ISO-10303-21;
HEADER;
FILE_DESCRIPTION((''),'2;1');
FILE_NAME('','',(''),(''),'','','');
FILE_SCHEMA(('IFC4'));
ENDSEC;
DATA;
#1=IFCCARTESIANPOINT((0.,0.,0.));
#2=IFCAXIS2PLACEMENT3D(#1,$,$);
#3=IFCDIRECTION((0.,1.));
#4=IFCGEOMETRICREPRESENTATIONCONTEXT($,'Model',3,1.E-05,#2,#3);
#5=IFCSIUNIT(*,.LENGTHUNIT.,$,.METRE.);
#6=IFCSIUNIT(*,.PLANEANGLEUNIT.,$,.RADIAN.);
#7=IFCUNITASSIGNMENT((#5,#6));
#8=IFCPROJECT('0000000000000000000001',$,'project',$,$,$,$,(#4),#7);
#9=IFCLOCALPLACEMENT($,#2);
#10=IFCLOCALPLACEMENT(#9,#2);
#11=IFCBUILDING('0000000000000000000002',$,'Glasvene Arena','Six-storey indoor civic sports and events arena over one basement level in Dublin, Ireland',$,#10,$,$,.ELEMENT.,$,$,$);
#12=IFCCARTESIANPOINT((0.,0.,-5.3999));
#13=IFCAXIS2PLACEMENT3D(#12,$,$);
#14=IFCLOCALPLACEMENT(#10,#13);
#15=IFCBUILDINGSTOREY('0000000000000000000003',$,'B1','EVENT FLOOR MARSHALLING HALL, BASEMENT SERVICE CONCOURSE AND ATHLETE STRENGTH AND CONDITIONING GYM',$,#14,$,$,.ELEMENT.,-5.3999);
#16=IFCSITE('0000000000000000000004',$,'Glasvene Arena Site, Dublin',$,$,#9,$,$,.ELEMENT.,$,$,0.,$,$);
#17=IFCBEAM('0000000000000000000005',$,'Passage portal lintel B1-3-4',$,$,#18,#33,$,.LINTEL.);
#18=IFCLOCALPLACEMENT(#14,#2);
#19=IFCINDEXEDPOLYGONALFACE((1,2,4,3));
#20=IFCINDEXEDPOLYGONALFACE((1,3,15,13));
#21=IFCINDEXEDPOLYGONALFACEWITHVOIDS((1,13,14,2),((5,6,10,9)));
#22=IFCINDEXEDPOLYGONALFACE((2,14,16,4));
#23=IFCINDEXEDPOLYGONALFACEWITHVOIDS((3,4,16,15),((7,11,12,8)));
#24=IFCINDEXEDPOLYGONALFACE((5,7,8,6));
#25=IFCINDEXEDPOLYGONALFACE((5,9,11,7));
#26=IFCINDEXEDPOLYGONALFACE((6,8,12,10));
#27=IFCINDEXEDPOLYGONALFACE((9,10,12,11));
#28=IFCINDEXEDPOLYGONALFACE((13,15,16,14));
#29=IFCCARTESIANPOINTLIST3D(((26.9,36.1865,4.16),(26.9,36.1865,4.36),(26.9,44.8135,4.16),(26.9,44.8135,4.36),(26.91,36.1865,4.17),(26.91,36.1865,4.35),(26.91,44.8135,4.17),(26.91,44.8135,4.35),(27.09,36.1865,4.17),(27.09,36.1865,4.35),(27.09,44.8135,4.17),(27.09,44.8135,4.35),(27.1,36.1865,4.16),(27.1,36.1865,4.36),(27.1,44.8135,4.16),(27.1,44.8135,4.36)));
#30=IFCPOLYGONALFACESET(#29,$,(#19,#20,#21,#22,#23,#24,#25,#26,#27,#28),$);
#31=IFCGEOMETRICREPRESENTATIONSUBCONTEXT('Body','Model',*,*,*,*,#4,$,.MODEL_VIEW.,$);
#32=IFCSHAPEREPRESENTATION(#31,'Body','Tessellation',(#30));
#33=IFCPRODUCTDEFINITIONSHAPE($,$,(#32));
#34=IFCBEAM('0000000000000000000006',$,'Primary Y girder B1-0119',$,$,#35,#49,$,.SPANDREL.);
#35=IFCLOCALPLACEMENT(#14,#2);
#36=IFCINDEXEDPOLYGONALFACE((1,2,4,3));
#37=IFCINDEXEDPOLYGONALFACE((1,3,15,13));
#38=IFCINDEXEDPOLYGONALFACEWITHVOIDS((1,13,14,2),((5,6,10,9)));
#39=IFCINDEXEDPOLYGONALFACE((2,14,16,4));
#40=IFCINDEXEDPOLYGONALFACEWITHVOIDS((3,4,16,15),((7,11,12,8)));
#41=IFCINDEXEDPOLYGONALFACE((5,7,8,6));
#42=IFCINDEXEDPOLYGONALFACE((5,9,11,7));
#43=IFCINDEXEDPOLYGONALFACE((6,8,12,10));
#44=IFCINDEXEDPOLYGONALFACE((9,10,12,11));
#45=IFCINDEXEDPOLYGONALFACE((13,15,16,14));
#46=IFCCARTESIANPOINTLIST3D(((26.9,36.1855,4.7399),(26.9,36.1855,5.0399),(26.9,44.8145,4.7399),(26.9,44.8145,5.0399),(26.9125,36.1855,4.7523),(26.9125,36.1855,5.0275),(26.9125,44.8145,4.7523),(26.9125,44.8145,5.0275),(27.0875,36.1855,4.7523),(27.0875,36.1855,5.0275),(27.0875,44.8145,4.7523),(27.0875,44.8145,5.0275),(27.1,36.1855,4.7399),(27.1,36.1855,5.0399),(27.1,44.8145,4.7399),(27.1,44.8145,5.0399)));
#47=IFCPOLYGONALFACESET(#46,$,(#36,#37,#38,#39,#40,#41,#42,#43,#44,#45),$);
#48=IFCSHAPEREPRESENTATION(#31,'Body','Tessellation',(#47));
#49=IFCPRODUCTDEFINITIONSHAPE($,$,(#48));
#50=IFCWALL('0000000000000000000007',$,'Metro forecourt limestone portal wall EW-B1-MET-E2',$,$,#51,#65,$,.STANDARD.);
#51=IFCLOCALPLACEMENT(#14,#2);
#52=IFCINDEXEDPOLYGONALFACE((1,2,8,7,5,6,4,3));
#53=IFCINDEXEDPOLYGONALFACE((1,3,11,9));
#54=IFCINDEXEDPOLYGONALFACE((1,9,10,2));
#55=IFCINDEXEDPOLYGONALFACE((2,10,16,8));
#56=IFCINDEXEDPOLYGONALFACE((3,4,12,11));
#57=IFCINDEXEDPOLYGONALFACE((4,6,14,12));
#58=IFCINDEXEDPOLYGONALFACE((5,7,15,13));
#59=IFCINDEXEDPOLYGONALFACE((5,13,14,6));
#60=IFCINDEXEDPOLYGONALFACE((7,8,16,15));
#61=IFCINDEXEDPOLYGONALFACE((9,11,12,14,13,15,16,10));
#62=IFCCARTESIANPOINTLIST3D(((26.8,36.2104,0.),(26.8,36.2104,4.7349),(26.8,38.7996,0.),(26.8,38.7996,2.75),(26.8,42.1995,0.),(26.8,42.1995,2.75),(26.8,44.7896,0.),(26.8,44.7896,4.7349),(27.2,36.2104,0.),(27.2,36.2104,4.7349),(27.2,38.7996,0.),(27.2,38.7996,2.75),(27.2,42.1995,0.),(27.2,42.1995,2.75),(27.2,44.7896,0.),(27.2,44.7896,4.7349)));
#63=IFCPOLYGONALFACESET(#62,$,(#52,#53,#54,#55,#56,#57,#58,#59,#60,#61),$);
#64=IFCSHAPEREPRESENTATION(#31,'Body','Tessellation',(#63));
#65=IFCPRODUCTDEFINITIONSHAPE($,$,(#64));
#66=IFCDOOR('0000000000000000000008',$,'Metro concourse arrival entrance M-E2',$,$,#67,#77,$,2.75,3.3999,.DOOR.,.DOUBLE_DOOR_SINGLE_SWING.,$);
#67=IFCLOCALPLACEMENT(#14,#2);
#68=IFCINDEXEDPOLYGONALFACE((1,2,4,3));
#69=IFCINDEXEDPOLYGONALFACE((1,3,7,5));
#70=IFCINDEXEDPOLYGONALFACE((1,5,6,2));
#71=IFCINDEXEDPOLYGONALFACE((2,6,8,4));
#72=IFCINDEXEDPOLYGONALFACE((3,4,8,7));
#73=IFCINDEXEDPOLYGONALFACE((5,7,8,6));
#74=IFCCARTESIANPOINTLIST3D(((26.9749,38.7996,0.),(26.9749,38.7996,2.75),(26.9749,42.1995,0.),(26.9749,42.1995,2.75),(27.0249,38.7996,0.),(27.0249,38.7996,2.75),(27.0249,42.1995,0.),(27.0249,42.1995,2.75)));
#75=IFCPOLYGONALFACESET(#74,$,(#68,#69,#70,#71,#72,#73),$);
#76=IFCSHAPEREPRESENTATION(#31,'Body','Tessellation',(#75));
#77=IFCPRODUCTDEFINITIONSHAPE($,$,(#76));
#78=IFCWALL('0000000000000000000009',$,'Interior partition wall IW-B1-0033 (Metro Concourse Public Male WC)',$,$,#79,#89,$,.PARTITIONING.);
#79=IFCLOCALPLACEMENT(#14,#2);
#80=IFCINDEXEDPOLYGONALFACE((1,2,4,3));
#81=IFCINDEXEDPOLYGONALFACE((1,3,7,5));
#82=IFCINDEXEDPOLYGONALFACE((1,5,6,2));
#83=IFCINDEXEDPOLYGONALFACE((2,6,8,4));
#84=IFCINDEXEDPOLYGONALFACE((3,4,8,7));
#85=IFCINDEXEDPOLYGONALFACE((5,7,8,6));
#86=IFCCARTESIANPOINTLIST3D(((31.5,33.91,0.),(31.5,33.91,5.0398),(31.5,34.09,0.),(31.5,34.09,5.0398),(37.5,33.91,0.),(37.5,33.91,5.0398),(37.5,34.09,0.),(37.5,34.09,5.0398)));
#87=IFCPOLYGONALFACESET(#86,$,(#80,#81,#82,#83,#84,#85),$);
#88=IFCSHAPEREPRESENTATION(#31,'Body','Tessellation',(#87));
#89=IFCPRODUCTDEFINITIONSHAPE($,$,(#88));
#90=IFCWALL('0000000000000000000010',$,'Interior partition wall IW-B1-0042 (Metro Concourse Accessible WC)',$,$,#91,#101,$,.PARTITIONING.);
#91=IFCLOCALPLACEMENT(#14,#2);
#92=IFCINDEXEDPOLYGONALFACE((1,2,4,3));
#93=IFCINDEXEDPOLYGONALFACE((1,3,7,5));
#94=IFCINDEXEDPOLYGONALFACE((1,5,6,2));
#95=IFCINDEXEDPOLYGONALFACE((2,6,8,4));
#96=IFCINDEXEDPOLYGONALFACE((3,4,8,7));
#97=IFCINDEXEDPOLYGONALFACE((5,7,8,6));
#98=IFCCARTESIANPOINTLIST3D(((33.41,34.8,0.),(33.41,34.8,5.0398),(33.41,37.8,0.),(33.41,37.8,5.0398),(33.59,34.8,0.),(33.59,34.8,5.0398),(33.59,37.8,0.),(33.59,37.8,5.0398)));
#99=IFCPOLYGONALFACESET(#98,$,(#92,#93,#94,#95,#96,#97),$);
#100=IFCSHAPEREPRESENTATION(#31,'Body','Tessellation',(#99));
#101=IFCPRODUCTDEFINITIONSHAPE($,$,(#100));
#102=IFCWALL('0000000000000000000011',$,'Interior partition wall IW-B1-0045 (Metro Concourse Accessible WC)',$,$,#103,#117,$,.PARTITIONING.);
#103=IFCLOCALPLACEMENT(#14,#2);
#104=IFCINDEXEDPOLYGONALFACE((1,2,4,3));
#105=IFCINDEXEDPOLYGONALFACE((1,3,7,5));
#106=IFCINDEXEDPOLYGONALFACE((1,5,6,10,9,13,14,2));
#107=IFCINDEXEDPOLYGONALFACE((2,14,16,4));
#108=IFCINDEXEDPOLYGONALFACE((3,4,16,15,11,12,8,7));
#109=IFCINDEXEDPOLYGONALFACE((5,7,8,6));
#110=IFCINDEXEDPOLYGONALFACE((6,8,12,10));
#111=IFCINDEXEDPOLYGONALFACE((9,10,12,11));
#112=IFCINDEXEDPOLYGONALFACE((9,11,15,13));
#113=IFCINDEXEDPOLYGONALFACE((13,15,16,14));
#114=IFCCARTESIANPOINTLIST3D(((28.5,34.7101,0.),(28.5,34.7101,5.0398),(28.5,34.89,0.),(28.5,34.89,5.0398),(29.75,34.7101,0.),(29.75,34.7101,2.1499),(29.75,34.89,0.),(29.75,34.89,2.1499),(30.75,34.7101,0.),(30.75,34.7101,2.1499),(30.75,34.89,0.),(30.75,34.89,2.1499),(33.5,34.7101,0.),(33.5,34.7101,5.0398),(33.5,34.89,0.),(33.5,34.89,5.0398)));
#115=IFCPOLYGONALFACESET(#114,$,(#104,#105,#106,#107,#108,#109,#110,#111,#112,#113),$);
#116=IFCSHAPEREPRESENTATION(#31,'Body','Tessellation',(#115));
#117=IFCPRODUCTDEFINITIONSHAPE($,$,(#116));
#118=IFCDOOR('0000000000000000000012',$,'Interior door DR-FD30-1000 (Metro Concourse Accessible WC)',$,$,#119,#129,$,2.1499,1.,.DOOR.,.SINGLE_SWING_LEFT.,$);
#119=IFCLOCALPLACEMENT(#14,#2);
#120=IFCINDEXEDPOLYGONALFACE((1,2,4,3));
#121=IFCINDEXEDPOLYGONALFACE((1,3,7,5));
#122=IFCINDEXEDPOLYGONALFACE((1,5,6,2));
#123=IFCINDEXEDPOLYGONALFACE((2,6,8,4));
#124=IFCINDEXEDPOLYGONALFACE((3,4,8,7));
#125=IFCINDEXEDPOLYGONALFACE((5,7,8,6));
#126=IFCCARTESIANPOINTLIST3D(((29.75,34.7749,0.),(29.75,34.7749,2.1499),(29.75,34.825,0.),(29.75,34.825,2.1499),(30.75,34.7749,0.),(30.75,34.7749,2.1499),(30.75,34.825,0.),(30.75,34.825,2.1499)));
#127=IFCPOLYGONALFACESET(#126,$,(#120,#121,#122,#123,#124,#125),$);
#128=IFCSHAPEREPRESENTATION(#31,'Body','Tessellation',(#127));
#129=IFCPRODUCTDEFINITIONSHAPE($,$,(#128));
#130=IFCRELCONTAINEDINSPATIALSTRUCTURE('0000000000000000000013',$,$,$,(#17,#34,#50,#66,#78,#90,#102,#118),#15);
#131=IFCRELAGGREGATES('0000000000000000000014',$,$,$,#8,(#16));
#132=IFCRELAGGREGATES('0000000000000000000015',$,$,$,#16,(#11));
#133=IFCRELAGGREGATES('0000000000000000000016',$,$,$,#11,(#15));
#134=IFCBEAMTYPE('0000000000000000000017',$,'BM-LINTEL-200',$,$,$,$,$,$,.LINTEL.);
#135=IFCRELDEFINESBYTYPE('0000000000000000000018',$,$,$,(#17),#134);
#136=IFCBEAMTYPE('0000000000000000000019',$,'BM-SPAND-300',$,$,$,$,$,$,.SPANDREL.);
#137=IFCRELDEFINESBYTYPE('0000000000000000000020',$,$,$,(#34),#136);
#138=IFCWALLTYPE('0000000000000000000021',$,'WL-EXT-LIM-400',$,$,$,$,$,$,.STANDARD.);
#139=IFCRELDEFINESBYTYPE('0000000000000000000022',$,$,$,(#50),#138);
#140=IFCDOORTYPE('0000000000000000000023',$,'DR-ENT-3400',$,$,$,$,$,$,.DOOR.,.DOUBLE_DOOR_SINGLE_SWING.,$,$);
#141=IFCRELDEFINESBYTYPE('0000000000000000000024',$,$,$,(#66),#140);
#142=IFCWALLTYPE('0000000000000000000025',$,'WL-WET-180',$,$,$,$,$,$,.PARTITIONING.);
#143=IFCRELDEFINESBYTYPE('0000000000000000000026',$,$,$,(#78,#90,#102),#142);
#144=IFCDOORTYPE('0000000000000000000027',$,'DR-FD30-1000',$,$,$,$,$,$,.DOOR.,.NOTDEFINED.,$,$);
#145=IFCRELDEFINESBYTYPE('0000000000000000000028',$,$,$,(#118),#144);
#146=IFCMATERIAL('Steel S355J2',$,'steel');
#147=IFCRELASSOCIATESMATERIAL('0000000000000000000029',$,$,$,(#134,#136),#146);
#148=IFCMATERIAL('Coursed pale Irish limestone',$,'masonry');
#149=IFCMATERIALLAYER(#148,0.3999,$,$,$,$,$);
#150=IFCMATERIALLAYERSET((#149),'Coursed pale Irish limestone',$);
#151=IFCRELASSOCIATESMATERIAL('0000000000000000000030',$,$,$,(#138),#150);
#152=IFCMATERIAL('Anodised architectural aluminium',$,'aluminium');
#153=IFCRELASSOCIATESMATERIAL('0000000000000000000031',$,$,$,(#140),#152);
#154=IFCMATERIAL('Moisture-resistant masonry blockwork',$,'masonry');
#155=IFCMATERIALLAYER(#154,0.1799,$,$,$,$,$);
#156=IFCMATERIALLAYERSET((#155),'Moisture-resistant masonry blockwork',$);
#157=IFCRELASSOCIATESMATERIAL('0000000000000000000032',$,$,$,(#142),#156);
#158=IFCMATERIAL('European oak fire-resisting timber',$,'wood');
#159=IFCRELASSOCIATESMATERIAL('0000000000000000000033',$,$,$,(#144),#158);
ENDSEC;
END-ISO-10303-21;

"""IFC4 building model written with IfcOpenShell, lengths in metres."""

from ifc_helpers import new_model, si_unit, direction, frame, frame_2d, origin, origin_2d, place, context, subcontext, project, spatial, rectangle, hollow_rectangle, extrude, material, layer, layer_set, material_profile, profile_set, type_object, element, fill, save


model = new_model("IFC4")

# Units and contexts
model_context = context("Model", 3, precision=1e-05, world=origin(), true_north=direction((0.0, 1.0)))
body_context = subcontext(model_context, "Body", "Model", "MODEL_VIEW")
ifc_project = project(units=[si_unit("LENGTHUNIT", "METRE"), si_unit("PLANEANGLEUNIT", "RADIAN")], contexts=[model_context])

# Site, building, storey
site_placement = place(None, origin())
site = spatial("IfcSite", under=ifc_project, at=site_placement, Name="Glasvene Arena Site, Dublin", CompositionType="ELEMENT", RefElevation=0.0)
building_placement = place(site_placement, origin())
building = spatial("IfcBuilding", under=site, at=building_placement, Name="Glasvene Arena", Description="Six-storey indoor civic sports and events arena over one basement level in Dublin, Ireland", CompositionType="ELEMENT")
storey_placement = place(building_placement, frame((0.0, 0.0, -5.3999)))
storey = spatial("IfcBuildingStorey", under=building, at=storey_placement, Name="B1", Description="EVENT FLOOR MARSHALLING HALL, BASEMENT SERVICE CONCOURSE AND ATHLETE STRENGTH AND CONDITIONING GYM", CompositionType="ELEMENT", Elevation=-5.3999)

# Shared definitions
ifc_material_1 = material(Name="Steel S355J2", Category="steel")

# Beams
ifc_material_profile_1 = material_profile(ifc_material_1, hollow_rectangle(XDim=0.2, YDim=0.2, WallThickness=0.01, at=origin_2d()), Name="SHS 200x200x10.0")
ifc_profile_set_1 = profile_set([ifc_material_profile_1], Name="Steel S355J2")
beam_type_1 = type_object("IfcBeamType", Name="BM-LINTEL-200", PredefinedType="LINTEL", material=ifc_profile_set_1)
beam_1_placement = place(storey_placement, frame((27.0, 36.1865, 4.26), z_axis=(0.0, 1.0, 0.0), x_axis=(-1.0, 0.0, 0.0)))
element("IfcBeam", 1, at=beam_1_placement, inside=storey, type_object=beam_type_1, Name="Passage portal lintel B1-3-4", PredefinedType="LINTEL", context=body_context, shape_type="SweptSolid", body=[
    extrude(hollow_rectangle(XDim=0.2, YDim=0.2, WallThickness=0.01, at=origin_2d()), origin(), (0.0, 0.0, 1.0), 8.627),
])
ifc_material_profile_2 = material_profile(ifc_material_1, hollow_rectangle(XDim=0.2, YDim=0.3, WallThickness=0.0125, at=origin_2d()), Name="RHS 300x200x12.5")
ifc_profile_set_2 = profile_set([ifc_material_profile_2], Name="Steel S355J2")
beam_type_2 = type_object("IfcBeamType", Name="BM-SPAND-300", PredefinedType="SPANDREL", material=ifc_profile_set_2)
beam_2_placement = place(storey_placement, frame((27.0, 36.1855, 4.8899), z_axis=(0.0, 1.0, 0.0), x_axis=(-1.0, 0.0, 0.0)))
element("IfcBeam", 2, at=beam_2_placement, inside=storey, type_object=beam_type_2, Name="Primary Y girder B1-0119", PredefinedType="SPANDREL", context=body_context, shape_type="SweptSolid", body=[
    extrude(hollow_rectangle(XDim=0.2, YDim=0.3, WallThickness=0.0125, at=origin_2d()), origin(), (0.0, 0.0, 1.0), 8.6289),
])

# Wall, opening, door
ifc_material_2 = material(Name="Coursed pale Irish limestone", Category="masonry")
ifc_layer_1 = layer(ifc_material_2, 0.3999)
ifc_layer_set_1 = layer_set([ifc_layer_1], Name="Coursed pale Irish limestone")
wall_type_1 = type_object("IfcWallType", Name="WL-EXT-LIM-400", PredefinedType="STANDARD", material=ifc_layer_set_1)
wall_1_placement = place(storey_placement, frame((27.0, 36.2104, 0.0), z_axis=(0.0, 0.0, 1.0), x_axis=(0.0, 1.0, 0.0)))
wall_1 = element("IfcWall", 3, at=wall_1_placement, inside=storey, type_object=wall_type_1, Name="Metro forecourt limestone portal wall EW-B1-MET-E2", PredefinedType="STANDARD", context=body_context, shape_type="SweptSolid", body=[
    extrude(rectangle(XDim=8.5791, YDim=0.3999, at=frame_2d((4.2896, 0.0))), origin(), (0.0, 0.0, 1.0), 4.7349),
])
opening_1_placement = place(wall_1_placement, frame((2.5891, 0.0, 0.0)))
opening_1 = element("IfcOpeningElement", 4, at=opening_1_placement, cuts=wall_1, PredefinedType="OPENING", context=body_context, shape_type="SweptSolid", body=[
    extrude(rectangle(XDim=3.3999, YDim=2.75, at=frame_2d((1.7, 1.375))), frame((0.0, 0.21, 0.0), z_axis=(0.0, -1.0, 0.0), x_axis=(1.0, 0.0, 0.0)), (0.0, 0.0, 1.0), 0.4199),
])
ifc_material_3 = material(Name="Anodised architectural aluminium", Category="aluminium")
door_type_1 = type_object("IfcDoorType", Name="DR-ENT-3400", OperationType="DOUBLE_DOOR_SINGLE_SWING", PredefinedType="DOOR", material=ifc_material_3)
door_1_placement = place(opening_1_placement, frame((3.3999, 0.0, 0.0), z_axis=(0.0, 0.0, 1.0), x_axis=(-1.0, 0.0, 0.0)))
door_1 = element("IfcDoor", 5, at=door_1_placement, inside=storey, type_object=door_type_1, Name="Metro concourse arrival entrance M-E2", OperationType="DOUBLE_DOOR_SINGLE_SWING", OverallHeight=2.75, OverallWidth=3.3999, PredefinedType="DOOR", context=body_context, shape_type="SweptSolid", body=[
    extrude(rectangle(XDim=3.3999, YDim=2.75, at=frame_2d((1.7, 1.375))), frame((0.0, 0.0249, 0.0), z_axis=(0.0, -1.0, 0.0), x_axis=(1.0, 0.0, 0.0)), (0.0, 0.0, 1.0), 0.05),
])
fill(opening_1, door_1)

# Walls
ifc_material_4 = material(Name="Moisture-resistant masonry blockwork", Category="masonry")
ifc_layer_2 = layer(ifc_material_4, 0.1799)
ifc_layer_set_2 = layer_set([ifc_layer_2], Name="Moisture-resistant masonry blockwork")
wall_type_2 = type_object("IfcWallType", Name="WL-WET-180", PredefinedType="PARTITIONING", material=ifc_layer_set_2)
wall_2_placement = place(storey_placement, frame((31.5, 34.0, 0.0), z_axis=(0.0, 0.0, 1.0), x_axis=(1.0, 0.0, 0.0)))
element("IfcWall", 6, at=wall_2_placement, inside=storey, type_object=wall_type_2, Name="Interior partition wall IW-B1-0033 (Metro Concourse Public Male WC)", PredefinedType="PARTITIONING", context=body_context, shape_type="SweptSolid", body=[
    extrude(rectangle(XDim=6.0, YDim=0.1799, at=frame_2d((3.0, 0.0))), origin(), (0.0, 0.0, 1.0), 5.0398),
])
wall_3_placement = place(storey_placement, frame((33.5, 34.8, 0.0), z_axis=(0.0, 0.0, 1.0), x_axis=(0.0, 1.0, 0.0)))
element("IfcWall", 7, at=wall_3_placement, inside=storey, type_object=wall_type_2, Name="Interior partition wall IW-B1-0042 (Metro Concourse Accessible WC)", PredefinedType="PARTITIONING", context=body_context, shape_type="SweptSolid", body=[
    extrude(rectangle(XDim=3.0, YDim=0.1799, at=frame_2d((1.5, 0.0))), origin(), (0.0, 0.0, 1.0), 5.0398),
])

# Wall, opening, door
wall_4_placement = place(storey_placement, frame((28.5, 34.8, 0.0), z_axis=(0.0, 0.0, 1.0), x_axis=(1.0, 0.0, 0.0)))
wall_4 = element("IfcWall", 8, at=wall_4_placement, inside=storey, type_object=wall_type_2, Name="Interior partition wall IW-B1-0045 (Metro Concourse Accessible WC)", PredefinedType="PARTITIONING", context=body_context, shape_type="SweptSolid", body=[
    extrude(rectangle(XDim=5.0, YDim=0.1799, at=frame_2d((2.5, 0.0))), origin(), (0.0, 0.0, 1.0), 5.0398),
])
opening_2_placement = place(wall_4_placement, frame((1.25, 0.0, 0.0)))
opening_2 = element("IfcOpeningElement", 9, at=opening_2_placement, cuts=wall_4, PredefinedType="OPENING", context=body_context, shape_type="SweptSolid", body=[
    extrude(rectangle(XDim=1.0, YDim=2.1499, at=frame_2d((0.5, 1.075))), frame((0.0, 0.1001, 0.0), z_axis=(0.0, -1.0, 0.0), x_axis=(1.0, 0.0, 0.0)), (0.0, 0.0, 1.0), 0.2),
])
ifc_material_5 = material(Name="European oak fire-resisting timber", Category="wood")
door_type_2 = type_object("IfcDoorType", Name="DR-FD30-1000", OperationType="NOTDEFINED", PredefinedType="DOOR", material=ifc_material_5)
door_2_placement = place(opening_2_placement, origin())
door_2 = element("IfcDoor", 10, at=door_2_placement, inside=storey, type_object=door_type_2, Name="Interior door DR-FD30-1000 (Metro Concourse Accessible WC)", OperationType="SINGLE_SWING_LEFT", OverallHeight=2.1499, OverallWidth=1.0, PredefinedType="DOOR", context=body_context, shape_type="SweptSolid", body=[
    extrude(rectangle(XDim=1.0, YDim=2.1499, at=frame_2d((0.5, 1.075))), frame((0.0, 0.0249, 0.0), z_axis=(0.0, -1.0, 0.0), x_axis=(1.0, 0.0, 0.0)), (0.0, 0.0, 1.0), 0.05),
])
fill(opening_2, door_2)

save(model, "model.ifc")
